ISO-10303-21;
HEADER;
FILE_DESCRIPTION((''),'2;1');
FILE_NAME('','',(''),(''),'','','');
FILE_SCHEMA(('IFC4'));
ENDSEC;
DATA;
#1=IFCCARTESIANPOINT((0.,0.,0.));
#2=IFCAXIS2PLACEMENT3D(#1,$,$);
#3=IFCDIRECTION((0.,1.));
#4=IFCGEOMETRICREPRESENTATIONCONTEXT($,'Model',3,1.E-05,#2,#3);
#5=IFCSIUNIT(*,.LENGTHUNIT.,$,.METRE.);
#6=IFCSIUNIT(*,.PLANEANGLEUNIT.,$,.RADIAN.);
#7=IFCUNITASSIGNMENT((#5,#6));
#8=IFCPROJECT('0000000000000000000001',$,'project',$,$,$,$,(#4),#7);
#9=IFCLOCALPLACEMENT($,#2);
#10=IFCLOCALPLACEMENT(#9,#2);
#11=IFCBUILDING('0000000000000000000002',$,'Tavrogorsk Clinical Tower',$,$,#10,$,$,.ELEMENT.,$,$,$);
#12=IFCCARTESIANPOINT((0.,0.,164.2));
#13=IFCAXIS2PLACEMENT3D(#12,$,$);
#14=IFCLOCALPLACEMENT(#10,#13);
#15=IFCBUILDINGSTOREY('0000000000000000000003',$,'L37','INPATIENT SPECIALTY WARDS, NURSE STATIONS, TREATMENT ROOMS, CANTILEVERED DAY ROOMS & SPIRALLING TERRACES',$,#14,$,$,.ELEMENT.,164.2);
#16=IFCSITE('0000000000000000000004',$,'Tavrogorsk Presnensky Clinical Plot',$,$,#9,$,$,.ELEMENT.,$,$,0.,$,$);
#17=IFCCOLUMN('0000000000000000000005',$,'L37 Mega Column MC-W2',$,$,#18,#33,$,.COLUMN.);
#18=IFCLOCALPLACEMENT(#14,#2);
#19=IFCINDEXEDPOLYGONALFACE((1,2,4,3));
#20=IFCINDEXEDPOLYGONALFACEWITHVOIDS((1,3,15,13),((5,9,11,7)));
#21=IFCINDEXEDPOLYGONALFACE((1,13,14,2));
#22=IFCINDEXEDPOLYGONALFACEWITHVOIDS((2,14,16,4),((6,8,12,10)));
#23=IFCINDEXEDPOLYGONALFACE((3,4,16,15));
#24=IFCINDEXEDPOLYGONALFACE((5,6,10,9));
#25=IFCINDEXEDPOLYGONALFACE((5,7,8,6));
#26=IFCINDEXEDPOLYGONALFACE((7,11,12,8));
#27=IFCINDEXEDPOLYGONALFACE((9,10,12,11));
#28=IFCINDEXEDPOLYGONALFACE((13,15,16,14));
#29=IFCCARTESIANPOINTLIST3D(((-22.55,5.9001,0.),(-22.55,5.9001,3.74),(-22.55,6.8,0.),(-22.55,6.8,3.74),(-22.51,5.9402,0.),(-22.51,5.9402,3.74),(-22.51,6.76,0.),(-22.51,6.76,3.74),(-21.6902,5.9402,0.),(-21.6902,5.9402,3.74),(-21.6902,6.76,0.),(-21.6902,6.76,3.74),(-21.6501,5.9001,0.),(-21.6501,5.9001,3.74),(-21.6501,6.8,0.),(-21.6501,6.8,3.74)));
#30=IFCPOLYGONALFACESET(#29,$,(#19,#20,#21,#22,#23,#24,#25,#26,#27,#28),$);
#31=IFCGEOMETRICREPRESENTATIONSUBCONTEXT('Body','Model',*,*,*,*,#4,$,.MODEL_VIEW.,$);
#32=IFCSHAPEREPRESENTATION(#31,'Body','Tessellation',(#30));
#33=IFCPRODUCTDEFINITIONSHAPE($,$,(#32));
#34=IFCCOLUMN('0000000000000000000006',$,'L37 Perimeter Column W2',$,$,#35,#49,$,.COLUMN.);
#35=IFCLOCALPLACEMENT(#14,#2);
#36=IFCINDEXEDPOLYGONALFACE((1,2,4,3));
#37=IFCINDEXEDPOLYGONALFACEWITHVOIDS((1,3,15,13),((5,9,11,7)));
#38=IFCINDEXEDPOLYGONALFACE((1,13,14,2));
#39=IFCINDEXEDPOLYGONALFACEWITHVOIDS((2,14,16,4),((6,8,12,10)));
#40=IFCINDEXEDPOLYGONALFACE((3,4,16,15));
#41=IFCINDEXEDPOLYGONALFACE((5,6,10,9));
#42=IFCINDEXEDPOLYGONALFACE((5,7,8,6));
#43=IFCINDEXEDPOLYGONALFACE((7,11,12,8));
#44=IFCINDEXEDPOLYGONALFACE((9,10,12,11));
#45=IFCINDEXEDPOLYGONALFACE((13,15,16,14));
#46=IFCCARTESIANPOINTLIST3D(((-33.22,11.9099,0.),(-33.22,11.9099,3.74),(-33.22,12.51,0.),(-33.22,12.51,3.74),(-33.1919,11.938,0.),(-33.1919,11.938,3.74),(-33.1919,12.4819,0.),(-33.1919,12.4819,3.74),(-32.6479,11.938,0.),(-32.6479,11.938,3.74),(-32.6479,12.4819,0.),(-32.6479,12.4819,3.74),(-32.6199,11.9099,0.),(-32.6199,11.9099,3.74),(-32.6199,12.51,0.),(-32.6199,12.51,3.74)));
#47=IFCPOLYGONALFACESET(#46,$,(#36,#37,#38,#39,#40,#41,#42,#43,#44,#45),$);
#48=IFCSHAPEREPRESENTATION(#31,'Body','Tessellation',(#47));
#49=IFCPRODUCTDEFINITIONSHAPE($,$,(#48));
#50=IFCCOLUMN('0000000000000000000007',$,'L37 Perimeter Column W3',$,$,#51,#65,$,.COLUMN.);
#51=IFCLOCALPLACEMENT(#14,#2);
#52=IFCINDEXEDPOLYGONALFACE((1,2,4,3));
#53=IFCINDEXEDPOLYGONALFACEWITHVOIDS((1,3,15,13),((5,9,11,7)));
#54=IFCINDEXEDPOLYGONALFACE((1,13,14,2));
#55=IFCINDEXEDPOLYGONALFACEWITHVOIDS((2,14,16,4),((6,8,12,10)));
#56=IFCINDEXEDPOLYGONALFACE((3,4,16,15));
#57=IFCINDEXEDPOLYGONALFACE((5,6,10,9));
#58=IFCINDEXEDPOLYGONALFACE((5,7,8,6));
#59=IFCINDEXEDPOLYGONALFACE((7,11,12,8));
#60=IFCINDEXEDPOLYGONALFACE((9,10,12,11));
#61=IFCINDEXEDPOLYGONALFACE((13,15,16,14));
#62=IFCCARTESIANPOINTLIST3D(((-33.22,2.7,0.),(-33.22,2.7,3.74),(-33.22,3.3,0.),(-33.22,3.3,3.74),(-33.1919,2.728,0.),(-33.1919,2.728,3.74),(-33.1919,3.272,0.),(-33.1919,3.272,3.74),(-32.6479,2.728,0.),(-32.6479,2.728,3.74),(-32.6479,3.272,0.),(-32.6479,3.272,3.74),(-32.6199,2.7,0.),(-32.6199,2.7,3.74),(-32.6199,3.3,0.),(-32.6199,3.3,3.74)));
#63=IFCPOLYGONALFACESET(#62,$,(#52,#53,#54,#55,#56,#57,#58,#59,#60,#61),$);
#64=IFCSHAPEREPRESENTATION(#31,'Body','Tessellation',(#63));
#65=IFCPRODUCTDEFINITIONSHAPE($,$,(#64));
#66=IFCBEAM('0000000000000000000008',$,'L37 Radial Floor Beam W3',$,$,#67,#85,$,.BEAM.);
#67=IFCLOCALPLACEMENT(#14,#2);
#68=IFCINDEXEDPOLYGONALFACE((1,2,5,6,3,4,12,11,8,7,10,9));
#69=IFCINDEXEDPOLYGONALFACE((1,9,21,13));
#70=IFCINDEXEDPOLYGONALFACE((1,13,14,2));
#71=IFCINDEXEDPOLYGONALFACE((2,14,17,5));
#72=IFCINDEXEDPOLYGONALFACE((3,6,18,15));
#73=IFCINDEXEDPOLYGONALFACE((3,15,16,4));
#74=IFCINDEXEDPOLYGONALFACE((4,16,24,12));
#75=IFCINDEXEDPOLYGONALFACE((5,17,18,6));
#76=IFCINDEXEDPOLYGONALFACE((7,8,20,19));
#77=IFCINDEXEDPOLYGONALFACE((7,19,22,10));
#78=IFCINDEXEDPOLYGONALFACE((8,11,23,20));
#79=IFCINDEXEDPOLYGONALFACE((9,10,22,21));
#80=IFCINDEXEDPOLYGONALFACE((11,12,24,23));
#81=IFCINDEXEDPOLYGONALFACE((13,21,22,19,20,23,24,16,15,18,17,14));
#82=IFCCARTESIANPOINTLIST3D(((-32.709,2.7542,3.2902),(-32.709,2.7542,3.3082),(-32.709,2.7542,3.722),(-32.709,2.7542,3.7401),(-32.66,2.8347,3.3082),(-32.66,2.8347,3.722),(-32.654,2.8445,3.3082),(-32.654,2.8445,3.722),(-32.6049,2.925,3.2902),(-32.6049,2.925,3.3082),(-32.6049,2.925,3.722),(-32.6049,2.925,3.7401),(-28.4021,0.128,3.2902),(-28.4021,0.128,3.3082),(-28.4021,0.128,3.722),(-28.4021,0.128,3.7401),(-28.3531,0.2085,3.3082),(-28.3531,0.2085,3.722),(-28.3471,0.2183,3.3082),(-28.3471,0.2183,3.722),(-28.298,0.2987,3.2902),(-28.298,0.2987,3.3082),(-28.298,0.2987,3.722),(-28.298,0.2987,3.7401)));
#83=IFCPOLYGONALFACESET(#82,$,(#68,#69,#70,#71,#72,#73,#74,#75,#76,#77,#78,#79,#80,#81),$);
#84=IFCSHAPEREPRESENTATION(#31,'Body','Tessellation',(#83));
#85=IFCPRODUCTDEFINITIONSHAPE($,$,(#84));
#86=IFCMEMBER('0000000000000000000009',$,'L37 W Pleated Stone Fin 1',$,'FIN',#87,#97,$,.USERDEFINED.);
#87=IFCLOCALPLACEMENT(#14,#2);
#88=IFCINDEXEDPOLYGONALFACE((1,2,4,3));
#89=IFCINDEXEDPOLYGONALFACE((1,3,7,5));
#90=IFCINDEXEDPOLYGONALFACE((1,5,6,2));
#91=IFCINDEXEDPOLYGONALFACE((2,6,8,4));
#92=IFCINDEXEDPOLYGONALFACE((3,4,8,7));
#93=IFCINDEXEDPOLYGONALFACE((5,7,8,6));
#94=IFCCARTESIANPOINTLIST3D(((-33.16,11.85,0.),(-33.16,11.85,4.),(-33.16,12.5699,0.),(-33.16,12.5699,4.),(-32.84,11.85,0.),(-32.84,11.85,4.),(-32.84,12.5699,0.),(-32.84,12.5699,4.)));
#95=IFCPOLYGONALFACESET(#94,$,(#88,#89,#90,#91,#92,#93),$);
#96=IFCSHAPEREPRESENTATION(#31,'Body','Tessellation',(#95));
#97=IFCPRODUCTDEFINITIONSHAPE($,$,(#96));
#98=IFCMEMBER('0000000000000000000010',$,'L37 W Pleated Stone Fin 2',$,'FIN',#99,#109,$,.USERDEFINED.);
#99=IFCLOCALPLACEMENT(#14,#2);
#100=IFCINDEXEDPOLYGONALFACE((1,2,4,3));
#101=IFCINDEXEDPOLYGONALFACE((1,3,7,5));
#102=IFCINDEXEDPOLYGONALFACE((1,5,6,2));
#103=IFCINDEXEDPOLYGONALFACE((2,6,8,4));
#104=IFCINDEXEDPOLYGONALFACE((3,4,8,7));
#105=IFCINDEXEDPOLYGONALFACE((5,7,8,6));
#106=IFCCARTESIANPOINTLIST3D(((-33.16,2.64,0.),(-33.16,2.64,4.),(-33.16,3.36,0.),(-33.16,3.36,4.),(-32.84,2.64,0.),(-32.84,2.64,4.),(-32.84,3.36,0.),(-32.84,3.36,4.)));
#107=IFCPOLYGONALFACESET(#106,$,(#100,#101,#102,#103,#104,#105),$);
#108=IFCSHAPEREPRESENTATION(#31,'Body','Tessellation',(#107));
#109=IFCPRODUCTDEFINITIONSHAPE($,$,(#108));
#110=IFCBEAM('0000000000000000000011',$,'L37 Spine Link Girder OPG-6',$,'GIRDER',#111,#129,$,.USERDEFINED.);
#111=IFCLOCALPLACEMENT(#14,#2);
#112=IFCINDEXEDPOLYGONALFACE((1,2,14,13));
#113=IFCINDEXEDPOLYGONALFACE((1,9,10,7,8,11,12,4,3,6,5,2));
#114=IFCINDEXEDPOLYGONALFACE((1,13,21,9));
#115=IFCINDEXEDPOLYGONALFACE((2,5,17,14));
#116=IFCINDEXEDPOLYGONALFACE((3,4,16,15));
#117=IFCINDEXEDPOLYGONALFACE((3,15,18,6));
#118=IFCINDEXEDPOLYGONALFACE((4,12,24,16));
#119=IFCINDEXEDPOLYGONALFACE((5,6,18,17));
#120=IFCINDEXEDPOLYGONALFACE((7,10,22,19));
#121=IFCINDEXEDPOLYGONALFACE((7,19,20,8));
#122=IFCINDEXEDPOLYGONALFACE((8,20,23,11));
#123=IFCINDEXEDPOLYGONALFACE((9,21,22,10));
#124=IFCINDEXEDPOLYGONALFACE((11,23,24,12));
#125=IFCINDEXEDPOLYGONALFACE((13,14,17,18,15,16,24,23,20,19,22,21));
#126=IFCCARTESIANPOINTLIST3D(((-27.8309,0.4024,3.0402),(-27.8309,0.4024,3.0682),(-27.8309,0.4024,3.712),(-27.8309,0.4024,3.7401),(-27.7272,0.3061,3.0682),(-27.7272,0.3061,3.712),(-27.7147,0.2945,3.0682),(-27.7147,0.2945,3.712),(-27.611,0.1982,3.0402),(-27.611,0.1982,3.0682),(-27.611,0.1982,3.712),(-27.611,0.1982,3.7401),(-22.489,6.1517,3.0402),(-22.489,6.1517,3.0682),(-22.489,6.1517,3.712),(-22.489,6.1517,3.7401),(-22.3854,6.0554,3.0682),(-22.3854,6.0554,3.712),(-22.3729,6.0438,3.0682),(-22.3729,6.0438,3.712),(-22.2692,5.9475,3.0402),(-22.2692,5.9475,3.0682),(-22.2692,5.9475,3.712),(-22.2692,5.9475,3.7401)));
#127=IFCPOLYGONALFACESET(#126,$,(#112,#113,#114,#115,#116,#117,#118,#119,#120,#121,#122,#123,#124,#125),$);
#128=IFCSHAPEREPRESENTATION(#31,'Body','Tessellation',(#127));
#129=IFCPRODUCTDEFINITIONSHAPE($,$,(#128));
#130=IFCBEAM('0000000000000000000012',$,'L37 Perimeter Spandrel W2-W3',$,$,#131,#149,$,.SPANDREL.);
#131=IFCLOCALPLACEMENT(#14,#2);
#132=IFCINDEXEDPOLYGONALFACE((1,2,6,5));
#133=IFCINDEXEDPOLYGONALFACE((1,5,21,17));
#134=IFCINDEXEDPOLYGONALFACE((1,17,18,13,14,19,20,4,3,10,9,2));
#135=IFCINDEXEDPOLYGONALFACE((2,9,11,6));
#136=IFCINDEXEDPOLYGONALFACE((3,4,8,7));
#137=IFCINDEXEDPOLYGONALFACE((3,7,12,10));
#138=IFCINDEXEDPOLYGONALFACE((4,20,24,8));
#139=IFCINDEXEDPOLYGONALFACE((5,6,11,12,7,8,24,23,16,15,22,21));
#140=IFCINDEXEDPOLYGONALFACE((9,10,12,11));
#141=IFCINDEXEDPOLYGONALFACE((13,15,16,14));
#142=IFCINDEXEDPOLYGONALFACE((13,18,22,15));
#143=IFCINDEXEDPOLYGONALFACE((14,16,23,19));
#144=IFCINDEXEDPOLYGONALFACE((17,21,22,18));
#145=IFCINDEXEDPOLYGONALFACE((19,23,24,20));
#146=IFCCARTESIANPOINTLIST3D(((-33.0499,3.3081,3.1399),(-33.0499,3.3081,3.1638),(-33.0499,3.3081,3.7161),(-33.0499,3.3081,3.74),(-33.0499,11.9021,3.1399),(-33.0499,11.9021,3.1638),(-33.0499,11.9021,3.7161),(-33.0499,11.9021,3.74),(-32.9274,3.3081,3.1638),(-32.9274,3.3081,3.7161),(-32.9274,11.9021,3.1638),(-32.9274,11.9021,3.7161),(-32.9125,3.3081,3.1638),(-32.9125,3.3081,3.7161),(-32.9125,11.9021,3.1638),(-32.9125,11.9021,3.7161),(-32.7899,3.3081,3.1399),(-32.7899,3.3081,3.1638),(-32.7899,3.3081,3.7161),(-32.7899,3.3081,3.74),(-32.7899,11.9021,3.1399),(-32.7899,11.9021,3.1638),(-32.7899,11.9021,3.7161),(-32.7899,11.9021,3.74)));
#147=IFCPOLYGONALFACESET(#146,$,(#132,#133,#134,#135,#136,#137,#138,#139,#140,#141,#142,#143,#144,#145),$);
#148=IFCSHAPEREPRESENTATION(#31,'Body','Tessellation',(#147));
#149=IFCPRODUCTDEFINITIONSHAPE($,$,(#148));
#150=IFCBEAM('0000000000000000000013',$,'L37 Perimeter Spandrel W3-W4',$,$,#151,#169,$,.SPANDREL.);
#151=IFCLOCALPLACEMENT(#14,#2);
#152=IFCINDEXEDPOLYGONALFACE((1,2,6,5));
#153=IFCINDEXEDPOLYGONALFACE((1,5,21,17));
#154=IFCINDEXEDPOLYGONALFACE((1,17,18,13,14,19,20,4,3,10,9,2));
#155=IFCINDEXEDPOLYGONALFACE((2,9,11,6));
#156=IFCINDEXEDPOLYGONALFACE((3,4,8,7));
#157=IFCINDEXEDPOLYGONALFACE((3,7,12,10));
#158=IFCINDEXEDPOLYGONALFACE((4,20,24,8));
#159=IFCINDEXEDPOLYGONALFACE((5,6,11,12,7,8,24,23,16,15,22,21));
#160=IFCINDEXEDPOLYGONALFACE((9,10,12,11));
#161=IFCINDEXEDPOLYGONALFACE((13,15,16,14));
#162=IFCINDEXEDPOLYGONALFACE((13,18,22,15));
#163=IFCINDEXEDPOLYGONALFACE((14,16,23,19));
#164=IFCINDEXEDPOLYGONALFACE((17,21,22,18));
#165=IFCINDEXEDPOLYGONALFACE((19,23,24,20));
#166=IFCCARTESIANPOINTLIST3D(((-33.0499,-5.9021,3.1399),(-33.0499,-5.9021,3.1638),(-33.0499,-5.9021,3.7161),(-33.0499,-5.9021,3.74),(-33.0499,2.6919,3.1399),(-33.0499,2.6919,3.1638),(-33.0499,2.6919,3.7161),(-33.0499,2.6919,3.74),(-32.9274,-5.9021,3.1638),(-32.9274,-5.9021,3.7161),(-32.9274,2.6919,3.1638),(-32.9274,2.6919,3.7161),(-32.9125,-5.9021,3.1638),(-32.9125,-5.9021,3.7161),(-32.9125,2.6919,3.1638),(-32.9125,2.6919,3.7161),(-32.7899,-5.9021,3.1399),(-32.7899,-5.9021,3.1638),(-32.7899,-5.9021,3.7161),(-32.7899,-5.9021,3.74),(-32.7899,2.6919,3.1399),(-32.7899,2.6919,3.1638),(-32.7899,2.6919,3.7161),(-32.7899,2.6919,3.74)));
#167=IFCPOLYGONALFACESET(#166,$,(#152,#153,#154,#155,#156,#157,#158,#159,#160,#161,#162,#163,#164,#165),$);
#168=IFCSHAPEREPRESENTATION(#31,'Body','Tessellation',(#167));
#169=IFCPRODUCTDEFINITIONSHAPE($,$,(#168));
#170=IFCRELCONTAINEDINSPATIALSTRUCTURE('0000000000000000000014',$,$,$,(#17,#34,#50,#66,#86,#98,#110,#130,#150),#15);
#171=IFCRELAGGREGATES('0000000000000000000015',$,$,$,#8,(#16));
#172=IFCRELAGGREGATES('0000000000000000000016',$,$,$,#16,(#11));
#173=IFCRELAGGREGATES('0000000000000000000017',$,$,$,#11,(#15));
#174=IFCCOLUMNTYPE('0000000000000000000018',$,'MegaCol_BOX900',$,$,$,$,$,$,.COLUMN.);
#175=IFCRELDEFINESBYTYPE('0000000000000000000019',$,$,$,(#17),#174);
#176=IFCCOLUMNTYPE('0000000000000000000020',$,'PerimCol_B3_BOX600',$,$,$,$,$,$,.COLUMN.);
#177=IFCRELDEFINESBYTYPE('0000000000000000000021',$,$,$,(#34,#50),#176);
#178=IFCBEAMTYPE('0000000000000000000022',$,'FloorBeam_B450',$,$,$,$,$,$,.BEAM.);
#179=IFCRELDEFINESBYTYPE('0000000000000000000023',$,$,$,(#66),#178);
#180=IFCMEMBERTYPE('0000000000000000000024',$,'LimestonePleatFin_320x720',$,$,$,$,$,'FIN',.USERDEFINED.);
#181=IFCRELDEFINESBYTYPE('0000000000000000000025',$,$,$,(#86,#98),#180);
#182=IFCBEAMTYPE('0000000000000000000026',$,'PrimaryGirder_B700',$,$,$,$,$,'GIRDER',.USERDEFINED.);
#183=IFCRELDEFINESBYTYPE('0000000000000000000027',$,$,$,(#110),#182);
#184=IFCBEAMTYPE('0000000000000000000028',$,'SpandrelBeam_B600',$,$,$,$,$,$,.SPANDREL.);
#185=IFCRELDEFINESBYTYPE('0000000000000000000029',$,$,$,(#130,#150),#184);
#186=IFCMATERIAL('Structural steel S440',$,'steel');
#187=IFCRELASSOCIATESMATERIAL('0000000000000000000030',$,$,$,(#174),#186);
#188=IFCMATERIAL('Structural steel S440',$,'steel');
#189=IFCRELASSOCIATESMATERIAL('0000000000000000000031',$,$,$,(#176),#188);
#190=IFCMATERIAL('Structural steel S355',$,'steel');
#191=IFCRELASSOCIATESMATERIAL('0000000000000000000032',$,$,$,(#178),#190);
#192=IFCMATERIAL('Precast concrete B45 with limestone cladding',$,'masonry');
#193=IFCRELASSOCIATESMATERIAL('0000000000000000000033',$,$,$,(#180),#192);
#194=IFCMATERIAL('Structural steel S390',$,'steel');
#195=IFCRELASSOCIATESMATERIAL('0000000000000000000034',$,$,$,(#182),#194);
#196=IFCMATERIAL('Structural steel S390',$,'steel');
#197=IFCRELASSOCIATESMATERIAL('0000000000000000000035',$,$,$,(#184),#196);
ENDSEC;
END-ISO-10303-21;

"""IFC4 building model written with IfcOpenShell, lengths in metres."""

from ifc_helpers import new_model, si_unit, direction, frame, origin, origin_2d, place, context, subcontext, project, spatial, rectangle, hollow_rectangle, i_section, extrude, material, material_profile, profile_set, type_object, element, save


model = new_model("IFC4")

# Units and contexts
model_context = context("Model", 3, precision=1e-05, world=origin(), true_north=direction((0.0, 1.0)))
body_context = subcontext(model_context, "Body", "Model", "MODEL_VIEW")
ifc_project = project(units=[si_unit("LENGTHUNIT", "METRE"), si_unit("PLANEANGLEUNIT", "RADIAN")], contexts=[model_context])

# Site, building, storey
site_placement = place(None, origin())
site = spatial("IfcSite", under=ifc_project, at=site_placement, Name="Tavrogorsk Presnensky Clinical Plot", CompositionType="ELEMENT", RefElevation=0.0)
building_placement = place(site_placement, origin())
building = spatial("IfcBuilding", under=site, at=building_placement, Name="Tavrogorsk Clinical Tower", CompositionType="ELEMENT")
storey_placement = place(building_placement, frame((0.0, 0.0, 164.2)))
storey = spatial("IfcBuildingStorey", under=building, at=storey_placement, Name="L37", Description="INPATIENT SPECIALTY WARDS, NURSE STATIONS, TREATMENT ROOMS, CANTILEVERED DAY ROOMS & SPIRALLING TERRACES", CompositionType="ELEMENT", Elevation=164.2)

# Columns
ifc_material_1 = material(Name="Structural steel S440", Category="steel")
ifc_material_profile_1 = material_profile(ifc_material_1, hollow_rectangle(XDim=0.8999, YDim=0.8999, WallThickness=0.04, at=origin_2d()), Name="BOX-900x900x40")
ifc_profile_set_1 = profile_set([ifc_material_profile_1], Name="Structural steel S440")
column_type_1 = type_object("IfcColumnType", Name="MegaCol_BOX900", PredefinedType="COLUMN", material=ifc_profile_set_1)
column_placement = place(storey_placement, frame((-22.1001, 6.3501, 0.0), z_axis=(0.0, 0.0, 1.0), x_axis=(1.0, 0.0, 0.0)))
element("IfcColumn", 1, at=column_placement, inside=storey, type_object=column_type_1, Name="L37 Mega Column MC-W2", PredefinedType="COLUMN", context=body_context, shape_type="SweptSolid", body=[
    extrude(hollow_rectangle(XDim=0.8999, YDim=0.8999, WallThickness=0.04, at=origin_2d()), origin(), (0.0, 0.0, 1.0), 3.74),
])
ifc_material_2 = material(Name="Structural steel S440", Category="steel")
ifc_material_profile_2 = material_profile(ifc_material_2, hollow_rectangle(XDim=0.6001, YDim=0.6001, WallThickness=0.0281, at=origin_2d()), Name="BOX-600x600x28")
ifc_profile_set_2 = profile_set([ifc_material_profile_2], Name="Structural steel S440")
column_type_2 = type_object("IfcColumnType", Name="PerimCol_B3_BOX600", PredefinedType="COLUMN", material=ifc_profile_set_2)
for number, where, z_axis, x_axis, name in (
    (2, (-32.9199, 12.21, 0.0), (0.0, 0.0, 1.0), (1.0, 0.0, 0.0), "L37 Perimeter Column W2"),
    (3, (-32.9199, 3.0, 0.0), (0.0, 0.0, 1.0), (1.0, 0.0, 0.0), "L37 Perimeter Column W3"),
):
    element("IfcColumn", number, at=place(storey_placement, frame(where, z_axis=z_axis, x_axis=x_axis)), inside=storey, type_object=column_type_2, Name=name, PredefinedType="COLUMN", context=body_context, shape_type="SweptSolid", body=[
        extrude(hollow_rectangle(XDim=0.6001, YDim=0.6001, WallThickness=0.0281, at=origin_2d()), origin(), (0.0, 0.0, 1.0), 3.74),
    ])

# Beam
ifc_material_3 = material(Name="Structural steel S355", Category="steel")
ifc_material_profile_3 = material_profile(ifc_material_3, i_section(OverallWidth=0.2, OverallDepth=0.45, WebThickness=0.0115, FlangeThickness=0.0181, at=origin_2d()), Name="B-450x200x11.5x18")
ifc_profile_set_3 = profile_set([ifc_material_profile_3], Name="Structural steel S355")
beam_type_1 = type_object("IfcBeamType", Name="FloorBeam_B450", PredefinedType="BEAM", material=ifc_profile_set_3)
beam_1_placement = place(storey_placement, frame((-28.3501, 0.2134, 3.5151), z_axis=(-0.85379, 0.520618, 0.0), x_axis=(-0.520618, -0.85379, 0.0)))
element("IfcBeam", 4, at=beam_1_placement, inside=storey, type_object=beam_type_1, Name="L37 Radial Floor Beam W3", PredefinedType="BEAM", context=body_context, shape_type="SweptSolid", body=[
    extrude(i_section(OverallWidth=0.2, OverallDepth=0.45, WebThickness=0.0115, FlangeThickness=0.0181, at=origin_2d()), origin(), (0.0, 0.0, 1.0), 5.0444),
])

# Members
ifc_material_4 = material(Name="Precast concrete B45 with limestone cladding", Category="masonry")
ifc_material_profile_4 = material_profile(ifc_material_4, rectangle(XDim=0.3201, YDim=0.72, at=origin_2d()), Name="LIMESTONE-FIN-320x720")
ifc_profile_set_4 = profile_set([ifc_material_profile_4], Name="Precast concrete B45 with limestone cladding")
member_type = type_object("IfcMemberType", Name="LimestonePleatFin_320x720", ElementType="FIN", PredefinedType="USERDEFINED", material=ifc_profile_set_4)
for number, where, z_axis, x_axis, name in (
    (5, (-33.0, 12.21, 0.0), (0.0, 0.0, 1.0), (1.0, 0.0, 0.0), "L37 W Pleated Stone Fin 1"),
    (6, (-33.0, 3.0, 0.0), (0.0, 0.0, 1.0), (1.0, 0.0, 0.0), "L37 W Pleated Stone Fin 2"),
):
    element("IfcMember", number, at=place(storey_placement, frame(where, z_axis=z_axis, x_axis=x_axis)), inside=storey, type_object=member_type, Name=name, ObjectType="FIN", PredefinedType="USERDEFINED", context=body_context, shape_type="SweptSolid", body=[
        extrude(rectangle(XDim=0.3201, YDim=0.72, at=origin_2d()), origin(), (0.0, 0.0, 1.0), 4.0),
    ])

# Beams
ifc_material_5 = material(Name="Structural steel S390", Category="steel")
ifc_material_profile_5 = material_profile(ifc_material_5, i_section(OverallWidth=0.3, OverallDepth=0.7, WebThickness=0.0171, FlangeThickness=0.0281, at=origin_2d()), Name="B-700x300x17x28")
ifc_profile_set_5 = profile_set([ifc_material_profile_5], Name="Structural steel S390")
beam_type_2 = type_object("IfcBeamType", Name="PrimaryGirder_B700", ElementType="GIRDER", PredefinedType="USERDEFINED", material=ifc_profile_set_5)
beam_2_placement = place(storey_placement, frame((-27.7209, 0.3003, 3.3901), z_axis=(0.680669, 0.732591, 0.0), x_axis=(-0.732591, 0.680669, 0.0)))
element("IfcBeam", 7, at=beam_2_placement, inside=storey, type_object=beam_type_2, Name="L37 Spine Link Girder OPG-6", ObjectType="GIRDER", PredefinedType="USERDEFINED", context=body_context, shape_type="SweptSolid", body=[
    extrude(i_section(OverallWidth=0.3, OverallDepth=0.7, WebThickness=0.0171, FlangeThickness=0.0281, at=origin_2d()), origin(), (0.0, 0.0, 1.0), 7.8479),
])
ifc_material_6 = material(Name="Structural steel S390", Category="steel")
ifc_material_profile_6 = material_profile(ifc_material_6, i_section(OverallWidth=0.26, OverallDepth=0.6001, WebThickness=0.0149, FlangeThickness=0.0239, at=origin_2d()), Name="B-600x260x15x24")
ifc_profile_set_6 = profile_set([ifc_material_profile_6], Name="Structural steel S390")
beam_type_3 = type_object("IfcBeamType", Name="SpandrelBeam_B600", PredefinedType="SPANDREL", material=ifc_profile_set_6)
for number, where, z_axis, x_axis, name in (
    (8, (-32.9199, 11.9021, 3.4399), (0.0, -1.0, 0.0), (1.0, 0.0, 0.0), "L37 Perimeter Spandrel W2-W3"),
    (9, (-32.9199, 2.6919, 3.4399), (0.0, -1.0, 0.0), (1.0, 0.0, 0.0), "L37 Perimeter Spandrel W3-W4"),
):
    element("IfcBeam", number, at=place(storey_placement, frame(where, z_axis=z_axis, x_axis=x_axis)), inside=storey, type_object=beam_type_3, Name=name, PredefinedType="SPANDREL", context=body_context, shape_type="SweptSolid", body=[
        extrude(i_section(OverallWidth=0.26, OverallDepth=0.6001, WebThickness=0.0149, FlangeThickness=0.0239, at=origin_2d()), origin(), (0.0, 0.0, 1.0), 8.594),
    ])

save(model, "model.ifc")
